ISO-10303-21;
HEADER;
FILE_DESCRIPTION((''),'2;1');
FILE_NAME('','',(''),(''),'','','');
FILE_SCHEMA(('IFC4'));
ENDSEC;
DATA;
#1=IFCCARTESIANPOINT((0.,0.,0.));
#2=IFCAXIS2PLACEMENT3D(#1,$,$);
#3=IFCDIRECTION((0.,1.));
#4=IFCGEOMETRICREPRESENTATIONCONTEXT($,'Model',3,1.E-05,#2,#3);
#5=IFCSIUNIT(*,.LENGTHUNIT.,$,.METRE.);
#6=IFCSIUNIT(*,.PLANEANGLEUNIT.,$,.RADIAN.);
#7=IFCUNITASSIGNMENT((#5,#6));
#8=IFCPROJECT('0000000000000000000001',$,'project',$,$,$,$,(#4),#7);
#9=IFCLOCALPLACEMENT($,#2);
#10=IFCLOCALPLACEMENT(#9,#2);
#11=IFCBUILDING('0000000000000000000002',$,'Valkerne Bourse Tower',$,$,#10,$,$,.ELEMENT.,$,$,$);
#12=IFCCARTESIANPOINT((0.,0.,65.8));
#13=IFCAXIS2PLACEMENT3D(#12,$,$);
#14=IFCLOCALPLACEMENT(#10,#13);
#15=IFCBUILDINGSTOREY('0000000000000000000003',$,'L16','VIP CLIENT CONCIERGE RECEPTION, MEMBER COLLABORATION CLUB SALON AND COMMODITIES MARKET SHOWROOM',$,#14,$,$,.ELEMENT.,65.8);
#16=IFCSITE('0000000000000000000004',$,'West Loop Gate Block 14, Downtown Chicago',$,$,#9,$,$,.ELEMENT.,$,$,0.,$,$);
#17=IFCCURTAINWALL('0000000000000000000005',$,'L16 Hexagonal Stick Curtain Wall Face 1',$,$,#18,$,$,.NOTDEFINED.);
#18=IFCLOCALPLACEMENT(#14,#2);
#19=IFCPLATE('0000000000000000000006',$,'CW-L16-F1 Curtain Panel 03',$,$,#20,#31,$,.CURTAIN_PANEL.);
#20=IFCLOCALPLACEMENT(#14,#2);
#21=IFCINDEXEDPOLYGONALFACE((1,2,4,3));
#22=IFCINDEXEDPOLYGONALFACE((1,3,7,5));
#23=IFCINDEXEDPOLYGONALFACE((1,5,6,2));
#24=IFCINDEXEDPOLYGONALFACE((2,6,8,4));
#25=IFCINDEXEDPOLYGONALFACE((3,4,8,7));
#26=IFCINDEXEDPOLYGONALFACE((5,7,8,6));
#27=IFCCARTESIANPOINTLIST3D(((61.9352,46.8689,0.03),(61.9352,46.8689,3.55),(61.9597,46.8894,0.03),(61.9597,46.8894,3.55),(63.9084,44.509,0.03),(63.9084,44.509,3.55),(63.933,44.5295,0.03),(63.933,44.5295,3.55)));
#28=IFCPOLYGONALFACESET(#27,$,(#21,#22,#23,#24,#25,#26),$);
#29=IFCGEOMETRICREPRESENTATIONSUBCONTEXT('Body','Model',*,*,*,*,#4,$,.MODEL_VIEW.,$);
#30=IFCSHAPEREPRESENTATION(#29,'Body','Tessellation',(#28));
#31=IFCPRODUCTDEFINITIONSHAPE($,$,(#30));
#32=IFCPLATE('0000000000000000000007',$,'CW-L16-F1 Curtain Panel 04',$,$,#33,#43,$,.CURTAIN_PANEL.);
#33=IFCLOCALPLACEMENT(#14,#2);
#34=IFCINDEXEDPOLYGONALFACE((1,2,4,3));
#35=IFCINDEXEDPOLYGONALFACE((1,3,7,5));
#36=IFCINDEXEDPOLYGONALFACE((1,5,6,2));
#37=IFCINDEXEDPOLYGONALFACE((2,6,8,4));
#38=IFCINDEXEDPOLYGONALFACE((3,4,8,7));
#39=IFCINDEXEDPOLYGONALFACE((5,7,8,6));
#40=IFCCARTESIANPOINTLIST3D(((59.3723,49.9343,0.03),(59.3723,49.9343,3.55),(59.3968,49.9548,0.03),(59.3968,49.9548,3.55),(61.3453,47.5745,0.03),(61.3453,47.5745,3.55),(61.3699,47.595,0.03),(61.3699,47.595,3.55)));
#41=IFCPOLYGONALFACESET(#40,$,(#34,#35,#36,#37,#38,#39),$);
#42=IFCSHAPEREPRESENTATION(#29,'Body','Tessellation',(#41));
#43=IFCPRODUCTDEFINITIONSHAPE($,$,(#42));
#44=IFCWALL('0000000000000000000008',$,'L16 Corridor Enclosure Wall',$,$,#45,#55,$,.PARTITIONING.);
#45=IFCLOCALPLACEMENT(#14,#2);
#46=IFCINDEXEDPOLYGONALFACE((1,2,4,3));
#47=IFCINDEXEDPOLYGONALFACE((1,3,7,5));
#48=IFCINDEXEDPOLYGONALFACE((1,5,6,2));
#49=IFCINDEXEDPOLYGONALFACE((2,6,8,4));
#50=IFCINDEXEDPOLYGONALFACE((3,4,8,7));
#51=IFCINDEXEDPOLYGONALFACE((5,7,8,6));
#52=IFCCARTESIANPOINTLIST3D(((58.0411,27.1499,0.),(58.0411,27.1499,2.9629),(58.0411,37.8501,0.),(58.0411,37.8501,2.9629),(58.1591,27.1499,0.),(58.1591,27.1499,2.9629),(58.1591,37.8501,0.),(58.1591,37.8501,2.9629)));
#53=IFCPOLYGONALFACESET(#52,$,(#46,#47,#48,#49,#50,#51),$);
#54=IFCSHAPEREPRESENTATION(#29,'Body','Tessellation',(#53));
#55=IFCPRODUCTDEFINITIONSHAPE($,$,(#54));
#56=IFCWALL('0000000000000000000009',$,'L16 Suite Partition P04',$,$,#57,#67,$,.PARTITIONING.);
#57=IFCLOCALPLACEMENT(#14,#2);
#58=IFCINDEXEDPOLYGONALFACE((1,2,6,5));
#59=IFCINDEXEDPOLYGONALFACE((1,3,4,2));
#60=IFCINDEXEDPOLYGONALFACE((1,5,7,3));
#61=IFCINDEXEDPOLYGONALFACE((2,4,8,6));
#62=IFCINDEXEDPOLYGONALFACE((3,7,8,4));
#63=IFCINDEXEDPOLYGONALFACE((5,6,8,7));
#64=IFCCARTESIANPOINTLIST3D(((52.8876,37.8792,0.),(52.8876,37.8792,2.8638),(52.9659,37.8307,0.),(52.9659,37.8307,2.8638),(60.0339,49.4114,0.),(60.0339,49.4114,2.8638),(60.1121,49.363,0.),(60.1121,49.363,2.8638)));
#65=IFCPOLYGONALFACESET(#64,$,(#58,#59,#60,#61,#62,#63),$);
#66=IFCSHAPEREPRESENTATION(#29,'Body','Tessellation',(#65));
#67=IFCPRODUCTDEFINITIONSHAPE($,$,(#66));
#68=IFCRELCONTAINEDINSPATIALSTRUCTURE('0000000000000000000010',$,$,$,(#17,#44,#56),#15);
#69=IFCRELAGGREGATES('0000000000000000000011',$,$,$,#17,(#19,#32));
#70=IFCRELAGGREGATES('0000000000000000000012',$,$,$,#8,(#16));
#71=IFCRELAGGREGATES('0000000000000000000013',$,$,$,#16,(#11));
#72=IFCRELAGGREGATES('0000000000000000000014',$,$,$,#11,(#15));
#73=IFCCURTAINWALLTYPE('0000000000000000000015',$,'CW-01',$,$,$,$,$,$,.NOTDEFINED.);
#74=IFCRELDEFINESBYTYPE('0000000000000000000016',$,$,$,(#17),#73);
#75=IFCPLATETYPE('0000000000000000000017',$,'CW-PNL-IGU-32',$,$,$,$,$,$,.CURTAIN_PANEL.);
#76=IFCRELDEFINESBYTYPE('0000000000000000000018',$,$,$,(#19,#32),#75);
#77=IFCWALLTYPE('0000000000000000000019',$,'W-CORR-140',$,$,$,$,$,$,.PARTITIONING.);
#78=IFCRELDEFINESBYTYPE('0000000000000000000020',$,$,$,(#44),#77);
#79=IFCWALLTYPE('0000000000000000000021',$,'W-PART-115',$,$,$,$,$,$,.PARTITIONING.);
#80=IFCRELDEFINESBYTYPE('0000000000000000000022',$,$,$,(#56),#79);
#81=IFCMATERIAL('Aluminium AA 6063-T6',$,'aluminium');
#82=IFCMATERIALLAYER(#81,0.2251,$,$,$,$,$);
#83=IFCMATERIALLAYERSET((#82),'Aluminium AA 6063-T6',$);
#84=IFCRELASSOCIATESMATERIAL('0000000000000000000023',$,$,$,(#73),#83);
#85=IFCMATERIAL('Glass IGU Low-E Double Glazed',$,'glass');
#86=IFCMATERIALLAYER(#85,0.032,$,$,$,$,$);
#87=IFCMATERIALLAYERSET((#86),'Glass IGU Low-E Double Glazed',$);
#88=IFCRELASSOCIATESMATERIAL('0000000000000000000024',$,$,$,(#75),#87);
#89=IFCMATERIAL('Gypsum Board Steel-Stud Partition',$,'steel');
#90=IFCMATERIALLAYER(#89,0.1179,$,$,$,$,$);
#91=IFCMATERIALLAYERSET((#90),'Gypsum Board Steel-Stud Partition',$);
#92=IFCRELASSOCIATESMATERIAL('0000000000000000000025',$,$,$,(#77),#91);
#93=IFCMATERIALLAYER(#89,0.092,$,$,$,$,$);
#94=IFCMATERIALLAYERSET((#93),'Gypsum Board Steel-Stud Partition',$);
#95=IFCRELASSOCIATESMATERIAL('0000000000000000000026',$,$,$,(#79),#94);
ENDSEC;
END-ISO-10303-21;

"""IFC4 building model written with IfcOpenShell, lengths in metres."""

from ifc_helpers import new_model, si_unit, direction, frame, frame_2d, origin, origin_2d, place, context, subcontext, project, spatial, rectangle, extrude, material, layer, layer_set, type_object, element, aggregate, save


model = new_model("IFC4")

# Units and contexts
model_context = context("Model", 3, precision=1e-05, world=origin(), true_north=direction((0.0, 1.0)))
body_context = subcontext(model_context, "Body", "Model", "MODEL_VIEW")
ifc_project = project(units=[si_unit("LENGTHUNIT", "METRE"), si_unit("PLANEANGLEUNIT", "RADIAN")], contexts=[model_context])

# Site, building, storey
site_placement = place(None, origin())
site = spatial("IfcSite", under=ifc_project, at=site_placement, Name="West Loop Gate Block 14, Downtown Chicago", CompositionType="ELEMENT", RefElevation=0.0)
building_placement = place(site_placement, origin())
building = spatial("IfcBuilding", under=site, at=building_placement, Name="Valkerne Bourse Tower", CompositionType="ELEMENT")
storey_placement = place(building_placement, frame((0.0, 0.0, 65.8)))
storey = spatial("IfcBuildingStorey", under=building, at=storey_placement, Name="L16", Description="VIP CLIENT CONCIERGE RECEPTION, MEMBER COLLABORATION CLUB SALON AND COMMODITIES MARKET SHOWROOM", CompositionType="ELEMENT", Elevation=65.8)

# Curtain wall
ifc_material_1 = material(Name="Aluminium AA 6063-T6", Category="aluminium")
ifc_layer_1 = layer(ifc_material_1, 0.2251)
ifc_layer_set_1 = layer_set([ifc_layer_1], Name="Aluminium AA 6063-T6")
curtain_wall_type = type_object("IfcCurtainWallType", Name="CW-01", PredefinedType="NOTDEFINED", material=ifc_layer_set_1)
curtain_wall_1_placement = place(storey_placement, origin())
curtain_wall_1 = element("IfcCurtainWall", 1, at=curtain_wall_1_placement, inside=storey, type_object=curtain_wall_type, Name="L16 Hexagonal Stick Curtain Wall Face 1", PredefinedType="NOTDEFINED")

# Plates
ifc_material_2 = material(Name="Glass IGU Low-E Double Glazed", Category="glass")
ifc_layer_2 = layer(ifc_material_2, 0.032)
ifc_layer_set_2 = layer_set([ifc_layer_2], Name="Glass IGU Low-E Double Glazed")
plate_type = type_object("IfcPlateType", Name="CW-PNL-IGU-32", PredefinedType="CURTAIN_PANEL", material=ifc_layer_set_2)
plate_1_placement = place(storey_placement, frame((62.9341, 45.6992, 0.03), z_axis=(0.0, 0.0, 1.0), x_axis=(-0.641459, 0.767158, 0.0)))
plate_1 = element("IfcPlate", 2, at=plate_1_placement, type_object=plate_type, Name="CW-L16-F1 Curtain Panel 03", PredefinedType="CURTAIN_PANEL", context=body_context, shape_type="SweptSolid", body=[
    extrude(rectangle(XDim=3.0762, YDim=0.032, at=origin_2d()), origin(), (0.0, 0.0, 1.0), 3.52),
])
plate_2_placement = place(storey_placement, frame((60.3711, 48.7646, 0.03), z_axis=(0.0, 0.0, 1.0), x_axis=(-0.641444, 0.76717, 0.0)))
plate_2 = element("IfcPlate", 3, at=plate_2_placement, type_object=plate_type, Name="CW-L16-F1 Curtain Panel 04", PredefinedType="CURTAIN_PANEL", context=body_context, shape_type="SweptSolid", body=[
    extrude(rectangle(XDim=3.0759, YDim=0.032, at=origin_2d()), origin(), (0.0, 0.0, 1.0), 3.52),
])
aggregate(curtain_wall_1, [plate_1, plate_2])

# Walls
ifc_material_3 = material(Name="Gypsum Board Steel-Stud Partition", Category="steel")
ifc_layer_3 = layer(ifc_material_3, 0.1179)
ifc_layer_set_3 = layer_set([ifc_layer_3], Name="Gypsum Board Steel-Stud Partition")
wall_type_1 = type_object("IfcWallType", Name="W-CORR-140", PredefinedType="PARTITIONING", material=ifc_layer_set_3)
wall_1_placement = place(storey_placement, frame((58.1001, 37.8501, 0.0), z_axis=(0.0, 0.0, 1.0), x_axis=(0.0, -1.0, 0.0)))
element("IfcWall", 4, at=wall_1_placement, inside=storey, type_object=wall_type_1, Name="L16 Corridor Enclosure Wall", PredefinedType="PARTITIONING", context=body_context, shape_type="SweptSolid", body=[
    extrude(rectangle(XDim=10.7002, YDim=0.1179, at=frame_2d((5.3501, 0.0))), origin(), (0.0, 0.0, 1.0), 2.9629),
])
ifc_layer_4 = layer(ifc_material_3, 0.092)
ifc_layer_set_4 = layer_set([ifc_layer_4], Name="Gypsum Board Steel-Stud Partition")
wall_type_2 = type_object("IfcWallType", Name="W-PART-115", PredefinedType="PARTITIONING", material=ifc_layer_set_4)
wall_2_placement = place(storey_placement, frame((52.9268, 37.855, 0.0), z_axis=(0.0, 0.0, 1.0), x_axis=(0.526741, 0.850026, 0.0)))
element("IfcWall", 5, at=wall_2_placement, inside=storey, type_object=wall_type_2, Name="L16 Suite Partition P04", PredefinedType="PARTITIONING", context=body_context, shape_type="SweptSolid", body=[
    extrude(rectangle(XDim=13.5669, YDim=0.092, at=frame_2d((6.7834, 0.0))), origin(), (0.0, 0.0, 1.0), 2.8638),
])

save(model, "model.ifc")
